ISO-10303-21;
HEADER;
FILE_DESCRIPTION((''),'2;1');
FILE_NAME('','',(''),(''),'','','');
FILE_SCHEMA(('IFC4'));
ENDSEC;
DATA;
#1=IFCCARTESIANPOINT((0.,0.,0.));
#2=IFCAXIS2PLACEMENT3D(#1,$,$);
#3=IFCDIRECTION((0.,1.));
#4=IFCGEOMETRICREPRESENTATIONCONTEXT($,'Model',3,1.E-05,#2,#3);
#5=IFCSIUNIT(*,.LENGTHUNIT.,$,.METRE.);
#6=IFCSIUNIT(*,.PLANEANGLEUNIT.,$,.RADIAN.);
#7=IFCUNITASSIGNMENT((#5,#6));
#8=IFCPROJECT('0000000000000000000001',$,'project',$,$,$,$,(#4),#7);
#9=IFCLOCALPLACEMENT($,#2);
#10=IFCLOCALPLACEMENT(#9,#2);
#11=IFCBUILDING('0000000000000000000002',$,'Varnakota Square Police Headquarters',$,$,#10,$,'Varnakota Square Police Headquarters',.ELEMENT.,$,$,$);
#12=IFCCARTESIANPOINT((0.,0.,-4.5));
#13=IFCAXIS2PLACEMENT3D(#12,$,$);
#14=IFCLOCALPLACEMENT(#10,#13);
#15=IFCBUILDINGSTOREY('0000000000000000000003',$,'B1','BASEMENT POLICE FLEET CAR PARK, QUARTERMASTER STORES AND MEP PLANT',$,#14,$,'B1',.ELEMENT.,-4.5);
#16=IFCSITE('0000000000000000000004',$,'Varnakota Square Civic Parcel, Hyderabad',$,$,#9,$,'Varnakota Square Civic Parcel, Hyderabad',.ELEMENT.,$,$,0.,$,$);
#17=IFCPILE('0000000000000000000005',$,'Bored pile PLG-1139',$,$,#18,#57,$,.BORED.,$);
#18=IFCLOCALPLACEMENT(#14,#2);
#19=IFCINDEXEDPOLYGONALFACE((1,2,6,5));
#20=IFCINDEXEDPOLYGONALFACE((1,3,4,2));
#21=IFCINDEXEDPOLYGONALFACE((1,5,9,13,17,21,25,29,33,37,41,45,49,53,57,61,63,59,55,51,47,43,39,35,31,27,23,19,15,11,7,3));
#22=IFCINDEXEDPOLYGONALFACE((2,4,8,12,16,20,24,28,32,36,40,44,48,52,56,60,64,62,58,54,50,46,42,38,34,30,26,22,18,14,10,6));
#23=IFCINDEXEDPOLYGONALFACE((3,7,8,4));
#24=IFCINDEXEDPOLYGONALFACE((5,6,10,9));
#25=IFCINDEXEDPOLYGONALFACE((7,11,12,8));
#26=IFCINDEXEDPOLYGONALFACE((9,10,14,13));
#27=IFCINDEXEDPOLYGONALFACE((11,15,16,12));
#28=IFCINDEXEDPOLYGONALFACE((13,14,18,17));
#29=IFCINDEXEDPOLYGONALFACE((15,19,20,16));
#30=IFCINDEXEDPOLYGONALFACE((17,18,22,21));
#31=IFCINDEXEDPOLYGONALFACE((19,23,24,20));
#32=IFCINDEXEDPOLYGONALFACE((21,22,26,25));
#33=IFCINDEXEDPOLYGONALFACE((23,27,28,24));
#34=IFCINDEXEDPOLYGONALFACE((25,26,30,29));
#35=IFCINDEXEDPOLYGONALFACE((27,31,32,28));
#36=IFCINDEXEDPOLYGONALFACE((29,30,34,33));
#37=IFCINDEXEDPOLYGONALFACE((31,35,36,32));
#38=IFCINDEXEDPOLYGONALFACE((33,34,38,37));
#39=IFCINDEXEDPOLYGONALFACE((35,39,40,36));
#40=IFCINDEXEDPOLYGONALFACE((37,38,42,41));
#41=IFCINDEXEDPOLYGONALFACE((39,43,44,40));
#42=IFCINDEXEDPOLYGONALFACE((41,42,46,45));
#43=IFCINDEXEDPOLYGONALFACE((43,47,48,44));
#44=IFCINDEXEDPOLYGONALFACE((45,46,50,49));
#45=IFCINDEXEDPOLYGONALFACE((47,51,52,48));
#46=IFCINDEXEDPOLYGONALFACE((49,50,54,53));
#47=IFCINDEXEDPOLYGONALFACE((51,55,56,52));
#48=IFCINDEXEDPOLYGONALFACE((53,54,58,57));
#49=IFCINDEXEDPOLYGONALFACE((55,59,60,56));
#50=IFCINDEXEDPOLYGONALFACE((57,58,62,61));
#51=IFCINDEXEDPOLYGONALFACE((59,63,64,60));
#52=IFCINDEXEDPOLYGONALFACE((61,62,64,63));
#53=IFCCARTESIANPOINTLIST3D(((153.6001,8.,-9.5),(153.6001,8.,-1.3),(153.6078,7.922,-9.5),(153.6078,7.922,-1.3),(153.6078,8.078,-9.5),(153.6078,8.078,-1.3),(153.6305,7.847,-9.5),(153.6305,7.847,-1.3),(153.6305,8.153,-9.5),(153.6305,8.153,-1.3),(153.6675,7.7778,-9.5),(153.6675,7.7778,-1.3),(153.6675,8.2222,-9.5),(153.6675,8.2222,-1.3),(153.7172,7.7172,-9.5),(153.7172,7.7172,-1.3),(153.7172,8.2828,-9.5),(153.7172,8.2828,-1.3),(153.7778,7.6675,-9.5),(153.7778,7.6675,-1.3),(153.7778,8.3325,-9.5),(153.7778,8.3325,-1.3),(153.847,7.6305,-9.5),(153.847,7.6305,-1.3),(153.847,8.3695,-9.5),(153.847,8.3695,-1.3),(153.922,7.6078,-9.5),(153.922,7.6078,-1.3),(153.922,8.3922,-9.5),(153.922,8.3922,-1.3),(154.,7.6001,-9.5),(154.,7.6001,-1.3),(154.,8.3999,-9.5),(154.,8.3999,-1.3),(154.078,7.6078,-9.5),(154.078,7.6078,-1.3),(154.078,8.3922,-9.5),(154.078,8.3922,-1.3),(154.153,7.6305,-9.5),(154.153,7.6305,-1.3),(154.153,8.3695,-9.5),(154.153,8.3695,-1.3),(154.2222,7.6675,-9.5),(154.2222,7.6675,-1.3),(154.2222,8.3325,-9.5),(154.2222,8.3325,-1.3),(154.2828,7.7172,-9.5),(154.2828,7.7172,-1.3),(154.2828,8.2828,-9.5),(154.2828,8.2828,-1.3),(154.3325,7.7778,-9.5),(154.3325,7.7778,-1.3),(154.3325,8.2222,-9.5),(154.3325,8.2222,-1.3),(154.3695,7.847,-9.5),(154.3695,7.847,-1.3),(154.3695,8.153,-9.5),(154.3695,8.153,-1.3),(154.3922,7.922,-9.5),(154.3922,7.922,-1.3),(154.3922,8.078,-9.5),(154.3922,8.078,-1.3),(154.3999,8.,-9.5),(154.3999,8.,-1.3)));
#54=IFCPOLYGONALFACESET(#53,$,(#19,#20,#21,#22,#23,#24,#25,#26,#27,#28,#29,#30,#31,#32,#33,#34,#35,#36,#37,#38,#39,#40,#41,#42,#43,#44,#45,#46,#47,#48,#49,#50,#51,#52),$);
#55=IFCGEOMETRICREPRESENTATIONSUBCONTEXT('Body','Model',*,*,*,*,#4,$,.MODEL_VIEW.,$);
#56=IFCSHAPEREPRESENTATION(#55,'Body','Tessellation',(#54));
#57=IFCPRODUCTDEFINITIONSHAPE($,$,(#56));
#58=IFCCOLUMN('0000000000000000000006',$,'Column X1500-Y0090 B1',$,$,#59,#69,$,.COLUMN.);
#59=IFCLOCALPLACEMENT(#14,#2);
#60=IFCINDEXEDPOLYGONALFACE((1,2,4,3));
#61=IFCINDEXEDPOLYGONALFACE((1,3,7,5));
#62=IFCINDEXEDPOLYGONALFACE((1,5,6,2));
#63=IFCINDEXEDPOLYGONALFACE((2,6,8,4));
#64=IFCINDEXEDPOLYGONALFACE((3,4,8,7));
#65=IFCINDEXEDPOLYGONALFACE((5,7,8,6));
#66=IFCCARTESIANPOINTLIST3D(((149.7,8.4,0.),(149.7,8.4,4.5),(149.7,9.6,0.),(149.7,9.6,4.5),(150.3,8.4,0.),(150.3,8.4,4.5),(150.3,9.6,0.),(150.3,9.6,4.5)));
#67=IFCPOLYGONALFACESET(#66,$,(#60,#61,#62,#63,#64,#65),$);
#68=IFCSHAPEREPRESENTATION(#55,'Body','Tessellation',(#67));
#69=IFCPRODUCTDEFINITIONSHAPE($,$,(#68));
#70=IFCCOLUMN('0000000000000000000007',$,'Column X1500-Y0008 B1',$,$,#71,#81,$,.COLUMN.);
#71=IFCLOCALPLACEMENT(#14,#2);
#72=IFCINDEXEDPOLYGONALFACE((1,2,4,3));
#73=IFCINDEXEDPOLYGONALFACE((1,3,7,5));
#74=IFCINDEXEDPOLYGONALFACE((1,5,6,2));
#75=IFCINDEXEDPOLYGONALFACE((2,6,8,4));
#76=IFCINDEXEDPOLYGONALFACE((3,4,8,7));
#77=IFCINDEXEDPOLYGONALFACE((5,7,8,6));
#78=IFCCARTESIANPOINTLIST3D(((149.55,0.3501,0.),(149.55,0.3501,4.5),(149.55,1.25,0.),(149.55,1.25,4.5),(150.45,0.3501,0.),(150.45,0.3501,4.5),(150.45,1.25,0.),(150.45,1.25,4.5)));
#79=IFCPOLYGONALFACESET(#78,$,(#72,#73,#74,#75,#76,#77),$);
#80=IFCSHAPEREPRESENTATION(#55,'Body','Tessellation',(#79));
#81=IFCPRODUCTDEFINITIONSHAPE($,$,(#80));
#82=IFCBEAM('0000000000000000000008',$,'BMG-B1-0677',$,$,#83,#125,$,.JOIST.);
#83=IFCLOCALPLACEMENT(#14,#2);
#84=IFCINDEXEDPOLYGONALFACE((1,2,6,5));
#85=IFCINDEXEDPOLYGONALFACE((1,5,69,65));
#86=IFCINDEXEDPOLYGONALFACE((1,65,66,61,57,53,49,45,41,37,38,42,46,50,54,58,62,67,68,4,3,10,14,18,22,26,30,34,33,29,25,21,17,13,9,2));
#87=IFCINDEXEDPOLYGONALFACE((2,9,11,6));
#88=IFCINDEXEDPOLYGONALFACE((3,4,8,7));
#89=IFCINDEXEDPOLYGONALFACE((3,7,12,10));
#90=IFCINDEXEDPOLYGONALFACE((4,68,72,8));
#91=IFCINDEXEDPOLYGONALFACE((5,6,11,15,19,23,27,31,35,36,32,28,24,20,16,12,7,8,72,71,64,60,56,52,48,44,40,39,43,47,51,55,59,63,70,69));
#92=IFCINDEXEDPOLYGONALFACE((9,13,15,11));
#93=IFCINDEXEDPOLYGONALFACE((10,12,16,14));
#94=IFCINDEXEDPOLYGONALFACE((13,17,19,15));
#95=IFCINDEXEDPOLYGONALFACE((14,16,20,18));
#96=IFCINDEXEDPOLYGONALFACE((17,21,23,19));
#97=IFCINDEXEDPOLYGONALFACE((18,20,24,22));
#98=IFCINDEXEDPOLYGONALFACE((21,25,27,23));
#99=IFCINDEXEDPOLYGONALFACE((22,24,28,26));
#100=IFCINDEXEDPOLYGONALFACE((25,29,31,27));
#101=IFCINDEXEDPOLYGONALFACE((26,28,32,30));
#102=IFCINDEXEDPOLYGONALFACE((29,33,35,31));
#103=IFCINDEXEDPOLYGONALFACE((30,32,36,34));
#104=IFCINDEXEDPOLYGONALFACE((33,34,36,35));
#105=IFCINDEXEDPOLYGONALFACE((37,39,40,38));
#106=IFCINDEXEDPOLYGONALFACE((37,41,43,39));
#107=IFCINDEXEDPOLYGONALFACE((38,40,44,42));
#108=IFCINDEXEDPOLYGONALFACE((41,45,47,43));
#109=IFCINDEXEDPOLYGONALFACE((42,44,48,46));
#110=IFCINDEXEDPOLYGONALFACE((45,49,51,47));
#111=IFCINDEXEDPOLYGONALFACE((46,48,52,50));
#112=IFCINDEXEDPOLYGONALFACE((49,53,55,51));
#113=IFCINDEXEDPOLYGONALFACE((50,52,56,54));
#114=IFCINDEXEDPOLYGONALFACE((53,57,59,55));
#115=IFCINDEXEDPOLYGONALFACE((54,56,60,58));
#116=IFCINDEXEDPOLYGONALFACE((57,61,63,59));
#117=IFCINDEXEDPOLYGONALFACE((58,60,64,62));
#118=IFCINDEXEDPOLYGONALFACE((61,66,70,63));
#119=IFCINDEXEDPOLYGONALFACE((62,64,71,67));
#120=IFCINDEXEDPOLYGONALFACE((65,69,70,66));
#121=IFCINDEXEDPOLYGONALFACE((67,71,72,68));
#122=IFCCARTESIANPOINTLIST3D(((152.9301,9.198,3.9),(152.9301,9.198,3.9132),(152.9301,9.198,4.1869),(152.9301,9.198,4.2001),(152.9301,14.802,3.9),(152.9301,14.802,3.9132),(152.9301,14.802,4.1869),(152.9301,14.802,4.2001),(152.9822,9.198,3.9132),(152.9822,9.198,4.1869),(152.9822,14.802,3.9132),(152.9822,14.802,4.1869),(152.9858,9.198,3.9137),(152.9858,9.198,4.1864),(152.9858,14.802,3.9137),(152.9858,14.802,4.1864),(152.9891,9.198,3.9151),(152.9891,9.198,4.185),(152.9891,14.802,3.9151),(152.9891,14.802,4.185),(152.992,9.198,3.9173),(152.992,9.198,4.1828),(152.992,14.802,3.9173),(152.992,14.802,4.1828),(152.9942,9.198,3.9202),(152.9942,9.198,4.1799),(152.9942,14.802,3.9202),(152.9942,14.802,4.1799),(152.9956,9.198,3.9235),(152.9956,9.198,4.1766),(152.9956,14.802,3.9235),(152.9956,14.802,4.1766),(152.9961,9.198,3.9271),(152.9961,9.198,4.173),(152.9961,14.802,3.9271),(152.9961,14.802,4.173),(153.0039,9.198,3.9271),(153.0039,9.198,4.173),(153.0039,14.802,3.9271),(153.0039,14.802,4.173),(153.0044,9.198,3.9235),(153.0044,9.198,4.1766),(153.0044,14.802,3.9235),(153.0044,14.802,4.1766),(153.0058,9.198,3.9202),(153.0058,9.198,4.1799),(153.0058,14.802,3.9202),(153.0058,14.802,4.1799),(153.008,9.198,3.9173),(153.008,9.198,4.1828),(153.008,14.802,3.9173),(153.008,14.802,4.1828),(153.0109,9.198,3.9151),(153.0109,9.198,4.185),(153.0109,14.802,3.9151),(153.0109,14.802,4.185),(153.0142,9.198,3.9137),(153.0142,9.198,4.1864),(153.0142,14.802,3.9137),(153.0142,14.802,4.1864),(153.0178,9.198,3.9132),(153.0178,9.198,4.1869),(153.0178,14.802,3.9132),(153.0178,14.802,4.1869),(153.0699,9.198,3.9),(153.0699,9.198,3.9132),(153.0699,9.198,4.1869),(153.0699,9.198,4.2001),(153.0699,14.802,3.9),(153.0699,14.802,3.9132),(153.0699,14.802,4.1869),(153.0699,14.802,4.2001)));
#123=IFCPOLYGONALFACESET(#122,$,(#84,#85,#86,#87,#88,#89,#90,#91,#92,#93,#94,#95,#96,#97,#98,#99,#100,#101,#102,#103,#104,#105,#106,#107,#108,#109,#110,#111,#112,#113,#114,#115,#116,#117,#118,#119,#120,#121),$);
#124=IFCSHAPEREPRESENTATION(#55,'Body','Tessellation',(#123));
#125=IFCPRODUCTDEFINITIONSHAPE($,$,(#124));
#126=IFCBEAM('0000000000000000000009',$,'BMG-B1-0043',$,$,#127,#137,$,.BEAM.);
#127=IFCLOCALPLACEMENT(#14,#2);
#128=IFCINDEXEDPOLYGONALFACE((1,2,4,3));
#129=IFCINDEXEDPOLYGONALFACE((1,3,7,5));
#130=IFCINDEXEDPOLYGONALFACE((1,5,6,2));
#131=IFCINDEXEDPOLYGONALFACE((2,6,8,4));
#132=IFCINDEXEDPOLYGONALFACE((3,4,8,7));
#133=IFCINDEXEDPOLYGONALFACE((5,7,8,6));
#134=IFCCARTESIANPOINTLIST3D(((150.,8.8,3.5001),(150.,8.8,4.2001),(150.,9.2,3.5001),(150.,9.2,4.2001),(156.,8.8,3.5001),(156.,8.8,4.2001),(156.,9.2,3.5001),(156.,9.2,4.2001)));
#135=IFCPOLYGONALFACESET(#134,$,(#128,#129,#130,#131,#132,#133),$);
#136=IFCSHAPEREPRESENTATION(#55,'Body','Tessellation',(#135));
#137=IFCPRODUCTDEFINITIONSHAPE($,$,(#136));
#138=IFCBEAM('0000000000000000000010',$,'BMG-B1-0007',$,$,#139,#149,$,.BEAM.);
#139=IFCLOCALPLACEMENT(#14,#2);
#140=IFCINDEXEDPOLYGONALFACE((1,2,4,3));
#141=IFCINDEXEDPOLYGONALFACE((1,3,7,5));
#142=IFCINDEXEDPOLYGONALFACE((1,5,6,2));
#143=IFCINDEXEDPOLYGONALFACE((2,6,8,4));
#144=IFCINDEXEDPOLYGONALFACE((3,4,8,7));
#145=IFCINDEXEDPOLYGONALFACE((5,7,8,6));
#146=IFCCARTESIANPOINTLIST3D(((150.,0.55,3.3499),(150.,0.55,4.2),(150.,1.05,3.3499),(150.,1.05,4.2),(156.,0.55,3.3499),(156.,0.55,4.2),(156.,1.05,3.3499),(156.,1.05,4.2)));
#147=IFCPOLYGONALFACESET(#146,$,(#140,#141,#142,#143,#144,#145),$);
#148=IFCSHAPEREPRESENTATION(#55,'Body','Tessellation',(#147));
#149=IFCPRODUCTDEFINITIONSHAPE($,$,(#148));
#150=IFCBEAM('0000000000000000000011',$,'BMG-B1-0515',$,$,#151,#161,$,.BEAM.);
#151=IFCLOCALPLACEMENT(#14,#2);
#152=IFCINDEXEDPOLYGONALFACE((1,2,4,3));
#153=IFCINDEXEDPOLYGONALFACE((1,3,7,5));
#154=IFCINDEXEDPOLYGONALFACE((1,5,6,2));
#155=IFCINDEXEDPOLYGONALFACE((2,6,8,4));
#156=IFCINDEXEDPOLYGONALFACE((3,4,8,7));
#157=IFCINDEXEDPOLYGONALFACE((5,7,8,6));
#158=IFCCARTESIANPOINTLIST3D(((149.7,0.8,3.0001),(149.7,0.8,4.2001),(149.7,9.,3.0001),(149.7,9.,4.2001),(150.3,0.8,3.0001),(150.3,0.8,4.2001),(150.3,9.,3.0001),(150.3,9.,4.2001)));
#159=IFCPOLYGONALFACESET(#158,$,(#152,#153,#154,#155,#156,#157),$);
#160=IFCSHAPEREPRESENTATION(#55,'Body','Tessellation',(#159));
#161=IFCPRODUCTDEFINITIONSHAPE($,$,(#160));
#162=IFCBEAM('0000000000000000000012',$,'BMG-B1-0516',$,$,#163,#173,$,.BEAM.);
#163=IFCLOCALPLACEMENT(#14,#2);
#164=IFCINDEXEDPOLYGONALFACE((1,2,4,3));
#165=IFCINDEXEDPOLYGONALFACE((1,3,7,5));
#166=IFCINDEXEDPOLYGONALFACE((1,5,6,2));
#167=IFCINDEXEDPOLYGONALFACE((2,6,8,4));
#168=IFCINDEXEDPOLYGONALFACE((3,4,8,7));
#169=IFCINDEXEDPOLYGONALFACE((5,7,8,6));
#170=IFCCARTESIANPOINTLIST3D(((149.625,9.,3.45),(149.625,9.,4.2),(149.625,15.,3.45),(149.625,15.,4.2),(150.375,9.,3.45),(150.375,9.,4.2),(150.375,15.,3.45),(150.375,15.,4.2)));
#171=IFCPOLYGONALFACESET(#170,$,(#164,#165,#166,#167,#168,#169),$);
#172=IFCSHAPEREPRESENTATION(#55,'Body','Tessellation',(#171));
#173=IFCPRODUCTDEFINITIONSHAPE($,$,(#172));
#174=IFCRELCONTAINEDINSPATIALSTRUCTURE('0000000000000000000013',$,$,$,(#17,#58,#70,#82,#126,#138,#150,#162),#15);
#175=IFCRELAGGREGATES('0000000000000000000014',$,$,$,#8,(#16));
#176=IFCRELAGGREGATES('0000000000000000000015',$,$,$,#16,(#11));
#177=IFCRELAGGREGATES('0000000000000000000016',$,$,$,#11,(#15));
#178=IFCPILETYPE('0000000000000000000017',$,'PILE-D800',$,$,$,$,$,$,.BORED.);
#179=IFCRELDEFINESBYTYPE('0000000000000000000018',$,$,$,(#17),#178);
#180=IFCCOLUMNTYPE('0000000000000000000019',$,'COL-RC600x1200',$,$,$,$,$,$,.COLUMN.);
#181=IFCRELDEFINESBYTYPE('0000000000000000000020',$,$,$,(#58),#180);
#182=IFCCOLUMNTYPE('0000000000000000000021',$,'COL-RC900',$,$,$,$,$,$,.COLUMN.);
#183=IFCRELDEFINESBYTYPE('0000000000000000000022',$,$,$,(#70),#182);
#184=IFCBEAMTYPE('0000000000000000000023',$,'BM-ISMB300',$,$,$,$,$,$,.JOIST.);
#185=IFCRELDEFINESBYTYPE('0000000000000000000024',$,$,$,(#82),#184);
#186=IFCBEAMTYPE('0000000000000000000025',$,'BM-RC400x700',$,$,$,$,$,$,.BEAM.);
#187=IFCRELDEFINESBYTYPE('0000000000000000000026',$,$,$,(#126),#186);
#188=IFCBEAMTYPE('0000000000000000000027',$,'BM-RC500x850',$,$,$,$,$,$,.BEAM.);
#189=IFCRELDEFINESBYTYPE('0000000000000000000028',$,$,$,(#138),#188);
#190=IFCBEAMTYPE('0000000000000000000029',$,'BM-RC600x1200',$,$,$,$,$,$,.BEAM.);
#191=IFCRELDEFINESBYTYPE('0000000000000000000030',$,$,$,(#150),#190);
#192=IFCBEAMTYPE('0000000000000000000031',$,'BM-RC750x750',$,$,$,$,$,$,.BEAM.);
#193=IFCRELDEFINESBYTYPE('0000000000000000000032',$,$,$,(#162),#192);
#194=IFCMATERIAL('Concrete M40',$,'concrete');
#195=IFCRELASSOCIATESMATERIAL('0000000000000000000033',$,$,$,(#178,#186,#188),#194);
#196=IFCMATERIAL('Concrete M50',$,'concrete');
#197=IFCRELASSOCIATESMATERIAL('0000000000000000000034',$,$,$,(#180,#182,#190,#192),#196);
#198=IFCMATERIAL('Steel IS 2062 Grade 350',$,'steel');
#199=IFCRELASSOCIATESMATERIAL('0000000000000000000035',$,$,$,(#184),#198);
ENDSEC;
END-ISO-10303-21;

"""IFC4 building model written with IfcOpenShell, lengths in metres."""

from ifc_helpers import new_model, si_unit, direction, frame, origin, origin_2d, place, context, subcontext, project, spatial, rectangle, circle, i_section, extrude, material, material_profile, profile_set, type_object, element, save


model = new_model("IFC4")

# Units and contexts
model_context = context("Model", 3, precision=1e-05, world=origin(), true_north=direction((0.0, 1.0)))
body_context = subcontext(model_context, "Body", "Model", "MODEL_VIEW")
ifc_project = project(units=[si_unit("LENGTHUNIT", "METRE"), si_unit("PLANEANGLEUNIT", "RADIAN")], contexts=[model_context])

# Site, building, storey
site_placement = place(None, origin())
site = spatial("IfcSite", under=ifc_project, at=site_placement, Name="Varnakota Square Civic Parcel, Hyderabad", LongName="Varnakota Square Civic Parcel, Hyderabad", CompositionType="ELEMENT", RefElevation=0.0)
building_placement = place(site_placement, origin())
building = spatial("IfcBuilding", under=site, at=building_placement, Name="Varnakota Square Police Headquarters", LongName="Varnakota Square Police Headquarters", CompositionType="ELEMENT")
storey_placement = place(building_placement, frame((0.0, 0.0, -4.5)))
storey = spatial("IfcBuildingStorey", under=building, at=storey_placement, Name="B1", Description="BASEMENT POLICE FLEET CAR PARK, QUARTERMASTER STORES AND MEP PLANT", LongName="B1", CompositionType="ELEMENT", Elevation=-4.5)

# Shared definitions
ifc_material_1 = material(Name="Concrete M40", Category="concrete")
ifc_material_2 = material(Name="Concrete M50", Category="concrete")

# Pile
ifc_material_profile_1 = material_profile(ifc_material_1, circle(Radius=0.3999, at=origin_2d()), Name="BORED PILE 800")
ifc_profile_set_1 = profile_set([ifc_material_profile_1], Name="Concrete M40")
pile_type = type_object("IfcPileType", Name="PILE-D800", PredefinedType="BORED", material=ifc_profile_set_1)
for number, where, z_axis, x_axis, name in (
    (1, (154.0, 8.0, -1.3), (0.0, 0.0, -1.0), (1.0, 0.0, 0.0), "Bored pile PLG-1139"),
):
    element("IfcPile", number, at=place(storey_placement, frame(where, z_axis=z_axis, x_axis=x_axis)), inside=storey, type_object=pile_type, Name=name, PredefinedType="BORED", context=body_context, shape_type="SweptSolid", body=[
        extrude(circle(Radius=0.3999, at=origin_2d()), origin(), (0.0, 0.0, 1.0), 8.2),
    ])

# Columns
ifc_material_profile_2 = material_profile(ifc_material_2, rectangle(XDim=0.6001, YDim=1.2, at=origin_2d()), Name="RC 600x1200")
ifc_profile_set_2 = profile_set([ifc_material_profile_2], Name="Concrete M50")
column_type_1 = type_object("IfcColumnType", Name="COL-RC600x1200", PredefinedType="COLUMN", material=ifc_profile_set_2)
column_1_placement = place(storey_placement, frame((150.0, 9.0, 0.0), z_axis=(0.0, 0.0, 1.0), x_axis=(1.0, 0.0, 0.0)))
element("IfcColumn", 2, at=column_1_placement, inside=storey, type_object=column_type_1, Name="Column X1500-Y0090 B1", PredefinedType="COLUMN", context=body_context, shape_type="SweptSolid", body=[
    extrude(rectangle(XDim=0.6001, YDim=1.2, at=origin_2d()), origin(), (0.0, 0.0, 1.0), 4.5),
])
ifc_material_profile_3 = material_profile(ifc_material_2, rectangle(XDim=0.8999, YDim=0.8999, at=origin_2d()), Name="RC 900x900")
ifc_profile_set_3 = profile_set([ifc_material_profile_3], Name="Concrete M50")
column_type_2 = type_object("IfcColumnType", Name="COL-RC900", PredefinedType="COLUMN", material=ifc_profile_set_3)
column_2_placement = place(storey_placement, frame((150.0, 0.8, 0.0), z_axis=(0.0, 0.0, 1.0), x_axis=(1.0, 0.0, 0.0)))
element("IfcColumn", 3, at=column_2_placement, inside=storey, type_object=column_type_2, Name="Column X1500-Y0008 B1", PredefinedType="COLUMN", context=body_context, shape_type="SweptSolid", body=[
    extrude(rectangle(XDim=0.8999, YDim=0.8999, at=origin_2d()), origin(), (0.0, 0.0, 1.0), 4.5),
])

# Beams
ifc_material_3 = material(Name="Steel IS 2062 Grade 350", Category="steel")
ifc_material_profile_4 = material_profile(ifc_material_3, i_section(OverallWidth=0.1399, OverallDepth=0.3, WebThickness=0.0078, FlangeThickness=0.0132, FilletRadius=0.0139, at=origin_2d()), Name="ISMB 300")
ifc_profile_set_4 = profile_set([ifc_material_profile_4], Name="Steel IS 2062 Grade 350")
beam_type_1 = type_object("IfcBeamType", Name="BM-ISMB300", PredefinedType="JOIST", material=ifc_profile_set_4)
beam_1_placement = place(storey_placement, frame((153.0, 9.198, 4.05), z_axis=(0.0, 1.0, 0.0), x_axis=(-1.0, 0.0, 0.0)))
element("IfcBeam", 4, at=beam_1_placement, inside=storey, type_object=beam_type_1, Name="BMG-B1-0677", PredefinedType="JOIST", context=body_context, shape_type="SweptSolid", body=[
    extrude(i_section(OverallWidth=0.1399, OverallDepth=0.3, WebThickness=0.0078, FlangeThickness=0.0132, FilletRadius=0.0139, at=origin_2d()), origin(), (0.0, 0.0, 1.0), 5.604),
])
ifc_material_profile_5 = material_profile(ifc_material_1, rectangle(XDim=0.3999, YDim=0.7, at=origin_2d()), Name="RC 400x700")
ifc_profile_set_5 = profile_set([ifc_material_profile_5], Name="Concrete M40")
beam_type_2 = type_object("IfcBeamType", Name="BM-RC400x700", PredefinedType="BEAM", material=ifc_profile_set_5)
beam_2_placement = place(storey_placement, frame((150.0, 9.0, 3.8501), z_axis=(1.0, 0.0, 0.0), x_axis=(0.0, 1.0, 0.0)))
element("IfcBeam", 5, at=beam_2_placement, inside=storey, type_object=beam_type_2, Name="BMG-B1-0043", PredefinedType="BEAM", context=body_context, shape_type="SweptSolid", body=[
    extrude(rectangle(XDim=0.3999, YDim=0.7, at=origin_2d()), origin(), (0.0, 0.0, 1.0), 6.0),
])
ifc_material_profile_6 = material_profile(ifc_material_1, rectangle(XDim=0.5, YDim=0.8501, at=origin_2d()), Name="RC 500x850")
ifc_profile_set_6 = profile_set([ifc_material_profile_6], Name="Concrete M40")
beam_type_3 = type_object("IfcBeamType", Name="BM-RC500x850", PredefinedType="BEAM", material=ifc_profile_set_6)
beam_3_placement = place(storey_placement, frame((150.0, 0.8, 3.7749), z_axis=(1.0, 0.0, 0.0), x_axis=(0.0, 1.0, 0.0)))
element("IfcBeam", 6, at=beam_3_placement, inside=storey, type_object=beam_type_3, Name="BMG-B1-0007", PredefinedType="BEAM", context=body_context, shape_type="SweptSolid", body=[
    extrude(rectangle(XDim=0.5, YDim=0.8501, at=origin_2d()), origin(), (0.0, 0.0, 1.0), 6.0),
])
ifc_material_profile_7 = material_profile(ifc_material_2, rectangle(XDim=0.6001, YDim=1.2, at=origin_2d()), Name="RC 600x1200")
ifc_profile_set_7 = profile_set([ifc_material_profile_7], Name="Concrete M50")
beam_type_4 = type_object("IfcBeamType", Name="BM-RC600x1200", PredefinedType="BEAM", material=ifc_profile_set_7)
beam_4_placement = place(storey_placement, frame((150.0, 0.8, 3.6001), z_axis=(0.0, 1.0, 0.0), x_axis=(-1.0, 0.0, 0.0)))
element("IfcBeam", 7, at=beam_4_placement, inside=storey, type_object=beam_type_4, Name="BMG-B1-0515", PredefinedType="BEAM", context=body_context, shape_type="SweptSolid", body=[
    extrude(rectangle(XDim=0.6001, YDim=1.2, at=origin_2d()), origin(), (0.0, 0.0, 1.0), 8.2),
])
ifc_material_profile_8 = material_profile(ifc_material_2, rectangle(XDim=0.75, YDim=0.75, at=origin_2d()), Name="RC 750x750")
ifc_profile_set_8 = profile_set([ifc_material_profile_8], Name="Concrete M50")
beam_type_5 = type_object("IfcBeamType", Name="BM-RC750x750", PredefinedType="BEAM", material=ifc_profile_set_8)
beam_5_placement = place(storey_placement, frame((150.0, 9.0, 3.825), z_axis=(0.0, 1.0, 0.0), x_axis=(-1.0, 0.0, 0.0)))
element("IfcBeam", 8, at=beam_5_placement, inside=storey, type_object=beam_type_5, Name="BMG-B1-0516", PredefinedType="BEAM", context=body_context, shape_type="SweptSolid", body=[
    extrude(rectangle(XDim=0.75, YDim=0.75, at=origin_2d()), origin(), (0.0, 0.0, 1.0), 6.0),
])

save(model, "model.ifc")
